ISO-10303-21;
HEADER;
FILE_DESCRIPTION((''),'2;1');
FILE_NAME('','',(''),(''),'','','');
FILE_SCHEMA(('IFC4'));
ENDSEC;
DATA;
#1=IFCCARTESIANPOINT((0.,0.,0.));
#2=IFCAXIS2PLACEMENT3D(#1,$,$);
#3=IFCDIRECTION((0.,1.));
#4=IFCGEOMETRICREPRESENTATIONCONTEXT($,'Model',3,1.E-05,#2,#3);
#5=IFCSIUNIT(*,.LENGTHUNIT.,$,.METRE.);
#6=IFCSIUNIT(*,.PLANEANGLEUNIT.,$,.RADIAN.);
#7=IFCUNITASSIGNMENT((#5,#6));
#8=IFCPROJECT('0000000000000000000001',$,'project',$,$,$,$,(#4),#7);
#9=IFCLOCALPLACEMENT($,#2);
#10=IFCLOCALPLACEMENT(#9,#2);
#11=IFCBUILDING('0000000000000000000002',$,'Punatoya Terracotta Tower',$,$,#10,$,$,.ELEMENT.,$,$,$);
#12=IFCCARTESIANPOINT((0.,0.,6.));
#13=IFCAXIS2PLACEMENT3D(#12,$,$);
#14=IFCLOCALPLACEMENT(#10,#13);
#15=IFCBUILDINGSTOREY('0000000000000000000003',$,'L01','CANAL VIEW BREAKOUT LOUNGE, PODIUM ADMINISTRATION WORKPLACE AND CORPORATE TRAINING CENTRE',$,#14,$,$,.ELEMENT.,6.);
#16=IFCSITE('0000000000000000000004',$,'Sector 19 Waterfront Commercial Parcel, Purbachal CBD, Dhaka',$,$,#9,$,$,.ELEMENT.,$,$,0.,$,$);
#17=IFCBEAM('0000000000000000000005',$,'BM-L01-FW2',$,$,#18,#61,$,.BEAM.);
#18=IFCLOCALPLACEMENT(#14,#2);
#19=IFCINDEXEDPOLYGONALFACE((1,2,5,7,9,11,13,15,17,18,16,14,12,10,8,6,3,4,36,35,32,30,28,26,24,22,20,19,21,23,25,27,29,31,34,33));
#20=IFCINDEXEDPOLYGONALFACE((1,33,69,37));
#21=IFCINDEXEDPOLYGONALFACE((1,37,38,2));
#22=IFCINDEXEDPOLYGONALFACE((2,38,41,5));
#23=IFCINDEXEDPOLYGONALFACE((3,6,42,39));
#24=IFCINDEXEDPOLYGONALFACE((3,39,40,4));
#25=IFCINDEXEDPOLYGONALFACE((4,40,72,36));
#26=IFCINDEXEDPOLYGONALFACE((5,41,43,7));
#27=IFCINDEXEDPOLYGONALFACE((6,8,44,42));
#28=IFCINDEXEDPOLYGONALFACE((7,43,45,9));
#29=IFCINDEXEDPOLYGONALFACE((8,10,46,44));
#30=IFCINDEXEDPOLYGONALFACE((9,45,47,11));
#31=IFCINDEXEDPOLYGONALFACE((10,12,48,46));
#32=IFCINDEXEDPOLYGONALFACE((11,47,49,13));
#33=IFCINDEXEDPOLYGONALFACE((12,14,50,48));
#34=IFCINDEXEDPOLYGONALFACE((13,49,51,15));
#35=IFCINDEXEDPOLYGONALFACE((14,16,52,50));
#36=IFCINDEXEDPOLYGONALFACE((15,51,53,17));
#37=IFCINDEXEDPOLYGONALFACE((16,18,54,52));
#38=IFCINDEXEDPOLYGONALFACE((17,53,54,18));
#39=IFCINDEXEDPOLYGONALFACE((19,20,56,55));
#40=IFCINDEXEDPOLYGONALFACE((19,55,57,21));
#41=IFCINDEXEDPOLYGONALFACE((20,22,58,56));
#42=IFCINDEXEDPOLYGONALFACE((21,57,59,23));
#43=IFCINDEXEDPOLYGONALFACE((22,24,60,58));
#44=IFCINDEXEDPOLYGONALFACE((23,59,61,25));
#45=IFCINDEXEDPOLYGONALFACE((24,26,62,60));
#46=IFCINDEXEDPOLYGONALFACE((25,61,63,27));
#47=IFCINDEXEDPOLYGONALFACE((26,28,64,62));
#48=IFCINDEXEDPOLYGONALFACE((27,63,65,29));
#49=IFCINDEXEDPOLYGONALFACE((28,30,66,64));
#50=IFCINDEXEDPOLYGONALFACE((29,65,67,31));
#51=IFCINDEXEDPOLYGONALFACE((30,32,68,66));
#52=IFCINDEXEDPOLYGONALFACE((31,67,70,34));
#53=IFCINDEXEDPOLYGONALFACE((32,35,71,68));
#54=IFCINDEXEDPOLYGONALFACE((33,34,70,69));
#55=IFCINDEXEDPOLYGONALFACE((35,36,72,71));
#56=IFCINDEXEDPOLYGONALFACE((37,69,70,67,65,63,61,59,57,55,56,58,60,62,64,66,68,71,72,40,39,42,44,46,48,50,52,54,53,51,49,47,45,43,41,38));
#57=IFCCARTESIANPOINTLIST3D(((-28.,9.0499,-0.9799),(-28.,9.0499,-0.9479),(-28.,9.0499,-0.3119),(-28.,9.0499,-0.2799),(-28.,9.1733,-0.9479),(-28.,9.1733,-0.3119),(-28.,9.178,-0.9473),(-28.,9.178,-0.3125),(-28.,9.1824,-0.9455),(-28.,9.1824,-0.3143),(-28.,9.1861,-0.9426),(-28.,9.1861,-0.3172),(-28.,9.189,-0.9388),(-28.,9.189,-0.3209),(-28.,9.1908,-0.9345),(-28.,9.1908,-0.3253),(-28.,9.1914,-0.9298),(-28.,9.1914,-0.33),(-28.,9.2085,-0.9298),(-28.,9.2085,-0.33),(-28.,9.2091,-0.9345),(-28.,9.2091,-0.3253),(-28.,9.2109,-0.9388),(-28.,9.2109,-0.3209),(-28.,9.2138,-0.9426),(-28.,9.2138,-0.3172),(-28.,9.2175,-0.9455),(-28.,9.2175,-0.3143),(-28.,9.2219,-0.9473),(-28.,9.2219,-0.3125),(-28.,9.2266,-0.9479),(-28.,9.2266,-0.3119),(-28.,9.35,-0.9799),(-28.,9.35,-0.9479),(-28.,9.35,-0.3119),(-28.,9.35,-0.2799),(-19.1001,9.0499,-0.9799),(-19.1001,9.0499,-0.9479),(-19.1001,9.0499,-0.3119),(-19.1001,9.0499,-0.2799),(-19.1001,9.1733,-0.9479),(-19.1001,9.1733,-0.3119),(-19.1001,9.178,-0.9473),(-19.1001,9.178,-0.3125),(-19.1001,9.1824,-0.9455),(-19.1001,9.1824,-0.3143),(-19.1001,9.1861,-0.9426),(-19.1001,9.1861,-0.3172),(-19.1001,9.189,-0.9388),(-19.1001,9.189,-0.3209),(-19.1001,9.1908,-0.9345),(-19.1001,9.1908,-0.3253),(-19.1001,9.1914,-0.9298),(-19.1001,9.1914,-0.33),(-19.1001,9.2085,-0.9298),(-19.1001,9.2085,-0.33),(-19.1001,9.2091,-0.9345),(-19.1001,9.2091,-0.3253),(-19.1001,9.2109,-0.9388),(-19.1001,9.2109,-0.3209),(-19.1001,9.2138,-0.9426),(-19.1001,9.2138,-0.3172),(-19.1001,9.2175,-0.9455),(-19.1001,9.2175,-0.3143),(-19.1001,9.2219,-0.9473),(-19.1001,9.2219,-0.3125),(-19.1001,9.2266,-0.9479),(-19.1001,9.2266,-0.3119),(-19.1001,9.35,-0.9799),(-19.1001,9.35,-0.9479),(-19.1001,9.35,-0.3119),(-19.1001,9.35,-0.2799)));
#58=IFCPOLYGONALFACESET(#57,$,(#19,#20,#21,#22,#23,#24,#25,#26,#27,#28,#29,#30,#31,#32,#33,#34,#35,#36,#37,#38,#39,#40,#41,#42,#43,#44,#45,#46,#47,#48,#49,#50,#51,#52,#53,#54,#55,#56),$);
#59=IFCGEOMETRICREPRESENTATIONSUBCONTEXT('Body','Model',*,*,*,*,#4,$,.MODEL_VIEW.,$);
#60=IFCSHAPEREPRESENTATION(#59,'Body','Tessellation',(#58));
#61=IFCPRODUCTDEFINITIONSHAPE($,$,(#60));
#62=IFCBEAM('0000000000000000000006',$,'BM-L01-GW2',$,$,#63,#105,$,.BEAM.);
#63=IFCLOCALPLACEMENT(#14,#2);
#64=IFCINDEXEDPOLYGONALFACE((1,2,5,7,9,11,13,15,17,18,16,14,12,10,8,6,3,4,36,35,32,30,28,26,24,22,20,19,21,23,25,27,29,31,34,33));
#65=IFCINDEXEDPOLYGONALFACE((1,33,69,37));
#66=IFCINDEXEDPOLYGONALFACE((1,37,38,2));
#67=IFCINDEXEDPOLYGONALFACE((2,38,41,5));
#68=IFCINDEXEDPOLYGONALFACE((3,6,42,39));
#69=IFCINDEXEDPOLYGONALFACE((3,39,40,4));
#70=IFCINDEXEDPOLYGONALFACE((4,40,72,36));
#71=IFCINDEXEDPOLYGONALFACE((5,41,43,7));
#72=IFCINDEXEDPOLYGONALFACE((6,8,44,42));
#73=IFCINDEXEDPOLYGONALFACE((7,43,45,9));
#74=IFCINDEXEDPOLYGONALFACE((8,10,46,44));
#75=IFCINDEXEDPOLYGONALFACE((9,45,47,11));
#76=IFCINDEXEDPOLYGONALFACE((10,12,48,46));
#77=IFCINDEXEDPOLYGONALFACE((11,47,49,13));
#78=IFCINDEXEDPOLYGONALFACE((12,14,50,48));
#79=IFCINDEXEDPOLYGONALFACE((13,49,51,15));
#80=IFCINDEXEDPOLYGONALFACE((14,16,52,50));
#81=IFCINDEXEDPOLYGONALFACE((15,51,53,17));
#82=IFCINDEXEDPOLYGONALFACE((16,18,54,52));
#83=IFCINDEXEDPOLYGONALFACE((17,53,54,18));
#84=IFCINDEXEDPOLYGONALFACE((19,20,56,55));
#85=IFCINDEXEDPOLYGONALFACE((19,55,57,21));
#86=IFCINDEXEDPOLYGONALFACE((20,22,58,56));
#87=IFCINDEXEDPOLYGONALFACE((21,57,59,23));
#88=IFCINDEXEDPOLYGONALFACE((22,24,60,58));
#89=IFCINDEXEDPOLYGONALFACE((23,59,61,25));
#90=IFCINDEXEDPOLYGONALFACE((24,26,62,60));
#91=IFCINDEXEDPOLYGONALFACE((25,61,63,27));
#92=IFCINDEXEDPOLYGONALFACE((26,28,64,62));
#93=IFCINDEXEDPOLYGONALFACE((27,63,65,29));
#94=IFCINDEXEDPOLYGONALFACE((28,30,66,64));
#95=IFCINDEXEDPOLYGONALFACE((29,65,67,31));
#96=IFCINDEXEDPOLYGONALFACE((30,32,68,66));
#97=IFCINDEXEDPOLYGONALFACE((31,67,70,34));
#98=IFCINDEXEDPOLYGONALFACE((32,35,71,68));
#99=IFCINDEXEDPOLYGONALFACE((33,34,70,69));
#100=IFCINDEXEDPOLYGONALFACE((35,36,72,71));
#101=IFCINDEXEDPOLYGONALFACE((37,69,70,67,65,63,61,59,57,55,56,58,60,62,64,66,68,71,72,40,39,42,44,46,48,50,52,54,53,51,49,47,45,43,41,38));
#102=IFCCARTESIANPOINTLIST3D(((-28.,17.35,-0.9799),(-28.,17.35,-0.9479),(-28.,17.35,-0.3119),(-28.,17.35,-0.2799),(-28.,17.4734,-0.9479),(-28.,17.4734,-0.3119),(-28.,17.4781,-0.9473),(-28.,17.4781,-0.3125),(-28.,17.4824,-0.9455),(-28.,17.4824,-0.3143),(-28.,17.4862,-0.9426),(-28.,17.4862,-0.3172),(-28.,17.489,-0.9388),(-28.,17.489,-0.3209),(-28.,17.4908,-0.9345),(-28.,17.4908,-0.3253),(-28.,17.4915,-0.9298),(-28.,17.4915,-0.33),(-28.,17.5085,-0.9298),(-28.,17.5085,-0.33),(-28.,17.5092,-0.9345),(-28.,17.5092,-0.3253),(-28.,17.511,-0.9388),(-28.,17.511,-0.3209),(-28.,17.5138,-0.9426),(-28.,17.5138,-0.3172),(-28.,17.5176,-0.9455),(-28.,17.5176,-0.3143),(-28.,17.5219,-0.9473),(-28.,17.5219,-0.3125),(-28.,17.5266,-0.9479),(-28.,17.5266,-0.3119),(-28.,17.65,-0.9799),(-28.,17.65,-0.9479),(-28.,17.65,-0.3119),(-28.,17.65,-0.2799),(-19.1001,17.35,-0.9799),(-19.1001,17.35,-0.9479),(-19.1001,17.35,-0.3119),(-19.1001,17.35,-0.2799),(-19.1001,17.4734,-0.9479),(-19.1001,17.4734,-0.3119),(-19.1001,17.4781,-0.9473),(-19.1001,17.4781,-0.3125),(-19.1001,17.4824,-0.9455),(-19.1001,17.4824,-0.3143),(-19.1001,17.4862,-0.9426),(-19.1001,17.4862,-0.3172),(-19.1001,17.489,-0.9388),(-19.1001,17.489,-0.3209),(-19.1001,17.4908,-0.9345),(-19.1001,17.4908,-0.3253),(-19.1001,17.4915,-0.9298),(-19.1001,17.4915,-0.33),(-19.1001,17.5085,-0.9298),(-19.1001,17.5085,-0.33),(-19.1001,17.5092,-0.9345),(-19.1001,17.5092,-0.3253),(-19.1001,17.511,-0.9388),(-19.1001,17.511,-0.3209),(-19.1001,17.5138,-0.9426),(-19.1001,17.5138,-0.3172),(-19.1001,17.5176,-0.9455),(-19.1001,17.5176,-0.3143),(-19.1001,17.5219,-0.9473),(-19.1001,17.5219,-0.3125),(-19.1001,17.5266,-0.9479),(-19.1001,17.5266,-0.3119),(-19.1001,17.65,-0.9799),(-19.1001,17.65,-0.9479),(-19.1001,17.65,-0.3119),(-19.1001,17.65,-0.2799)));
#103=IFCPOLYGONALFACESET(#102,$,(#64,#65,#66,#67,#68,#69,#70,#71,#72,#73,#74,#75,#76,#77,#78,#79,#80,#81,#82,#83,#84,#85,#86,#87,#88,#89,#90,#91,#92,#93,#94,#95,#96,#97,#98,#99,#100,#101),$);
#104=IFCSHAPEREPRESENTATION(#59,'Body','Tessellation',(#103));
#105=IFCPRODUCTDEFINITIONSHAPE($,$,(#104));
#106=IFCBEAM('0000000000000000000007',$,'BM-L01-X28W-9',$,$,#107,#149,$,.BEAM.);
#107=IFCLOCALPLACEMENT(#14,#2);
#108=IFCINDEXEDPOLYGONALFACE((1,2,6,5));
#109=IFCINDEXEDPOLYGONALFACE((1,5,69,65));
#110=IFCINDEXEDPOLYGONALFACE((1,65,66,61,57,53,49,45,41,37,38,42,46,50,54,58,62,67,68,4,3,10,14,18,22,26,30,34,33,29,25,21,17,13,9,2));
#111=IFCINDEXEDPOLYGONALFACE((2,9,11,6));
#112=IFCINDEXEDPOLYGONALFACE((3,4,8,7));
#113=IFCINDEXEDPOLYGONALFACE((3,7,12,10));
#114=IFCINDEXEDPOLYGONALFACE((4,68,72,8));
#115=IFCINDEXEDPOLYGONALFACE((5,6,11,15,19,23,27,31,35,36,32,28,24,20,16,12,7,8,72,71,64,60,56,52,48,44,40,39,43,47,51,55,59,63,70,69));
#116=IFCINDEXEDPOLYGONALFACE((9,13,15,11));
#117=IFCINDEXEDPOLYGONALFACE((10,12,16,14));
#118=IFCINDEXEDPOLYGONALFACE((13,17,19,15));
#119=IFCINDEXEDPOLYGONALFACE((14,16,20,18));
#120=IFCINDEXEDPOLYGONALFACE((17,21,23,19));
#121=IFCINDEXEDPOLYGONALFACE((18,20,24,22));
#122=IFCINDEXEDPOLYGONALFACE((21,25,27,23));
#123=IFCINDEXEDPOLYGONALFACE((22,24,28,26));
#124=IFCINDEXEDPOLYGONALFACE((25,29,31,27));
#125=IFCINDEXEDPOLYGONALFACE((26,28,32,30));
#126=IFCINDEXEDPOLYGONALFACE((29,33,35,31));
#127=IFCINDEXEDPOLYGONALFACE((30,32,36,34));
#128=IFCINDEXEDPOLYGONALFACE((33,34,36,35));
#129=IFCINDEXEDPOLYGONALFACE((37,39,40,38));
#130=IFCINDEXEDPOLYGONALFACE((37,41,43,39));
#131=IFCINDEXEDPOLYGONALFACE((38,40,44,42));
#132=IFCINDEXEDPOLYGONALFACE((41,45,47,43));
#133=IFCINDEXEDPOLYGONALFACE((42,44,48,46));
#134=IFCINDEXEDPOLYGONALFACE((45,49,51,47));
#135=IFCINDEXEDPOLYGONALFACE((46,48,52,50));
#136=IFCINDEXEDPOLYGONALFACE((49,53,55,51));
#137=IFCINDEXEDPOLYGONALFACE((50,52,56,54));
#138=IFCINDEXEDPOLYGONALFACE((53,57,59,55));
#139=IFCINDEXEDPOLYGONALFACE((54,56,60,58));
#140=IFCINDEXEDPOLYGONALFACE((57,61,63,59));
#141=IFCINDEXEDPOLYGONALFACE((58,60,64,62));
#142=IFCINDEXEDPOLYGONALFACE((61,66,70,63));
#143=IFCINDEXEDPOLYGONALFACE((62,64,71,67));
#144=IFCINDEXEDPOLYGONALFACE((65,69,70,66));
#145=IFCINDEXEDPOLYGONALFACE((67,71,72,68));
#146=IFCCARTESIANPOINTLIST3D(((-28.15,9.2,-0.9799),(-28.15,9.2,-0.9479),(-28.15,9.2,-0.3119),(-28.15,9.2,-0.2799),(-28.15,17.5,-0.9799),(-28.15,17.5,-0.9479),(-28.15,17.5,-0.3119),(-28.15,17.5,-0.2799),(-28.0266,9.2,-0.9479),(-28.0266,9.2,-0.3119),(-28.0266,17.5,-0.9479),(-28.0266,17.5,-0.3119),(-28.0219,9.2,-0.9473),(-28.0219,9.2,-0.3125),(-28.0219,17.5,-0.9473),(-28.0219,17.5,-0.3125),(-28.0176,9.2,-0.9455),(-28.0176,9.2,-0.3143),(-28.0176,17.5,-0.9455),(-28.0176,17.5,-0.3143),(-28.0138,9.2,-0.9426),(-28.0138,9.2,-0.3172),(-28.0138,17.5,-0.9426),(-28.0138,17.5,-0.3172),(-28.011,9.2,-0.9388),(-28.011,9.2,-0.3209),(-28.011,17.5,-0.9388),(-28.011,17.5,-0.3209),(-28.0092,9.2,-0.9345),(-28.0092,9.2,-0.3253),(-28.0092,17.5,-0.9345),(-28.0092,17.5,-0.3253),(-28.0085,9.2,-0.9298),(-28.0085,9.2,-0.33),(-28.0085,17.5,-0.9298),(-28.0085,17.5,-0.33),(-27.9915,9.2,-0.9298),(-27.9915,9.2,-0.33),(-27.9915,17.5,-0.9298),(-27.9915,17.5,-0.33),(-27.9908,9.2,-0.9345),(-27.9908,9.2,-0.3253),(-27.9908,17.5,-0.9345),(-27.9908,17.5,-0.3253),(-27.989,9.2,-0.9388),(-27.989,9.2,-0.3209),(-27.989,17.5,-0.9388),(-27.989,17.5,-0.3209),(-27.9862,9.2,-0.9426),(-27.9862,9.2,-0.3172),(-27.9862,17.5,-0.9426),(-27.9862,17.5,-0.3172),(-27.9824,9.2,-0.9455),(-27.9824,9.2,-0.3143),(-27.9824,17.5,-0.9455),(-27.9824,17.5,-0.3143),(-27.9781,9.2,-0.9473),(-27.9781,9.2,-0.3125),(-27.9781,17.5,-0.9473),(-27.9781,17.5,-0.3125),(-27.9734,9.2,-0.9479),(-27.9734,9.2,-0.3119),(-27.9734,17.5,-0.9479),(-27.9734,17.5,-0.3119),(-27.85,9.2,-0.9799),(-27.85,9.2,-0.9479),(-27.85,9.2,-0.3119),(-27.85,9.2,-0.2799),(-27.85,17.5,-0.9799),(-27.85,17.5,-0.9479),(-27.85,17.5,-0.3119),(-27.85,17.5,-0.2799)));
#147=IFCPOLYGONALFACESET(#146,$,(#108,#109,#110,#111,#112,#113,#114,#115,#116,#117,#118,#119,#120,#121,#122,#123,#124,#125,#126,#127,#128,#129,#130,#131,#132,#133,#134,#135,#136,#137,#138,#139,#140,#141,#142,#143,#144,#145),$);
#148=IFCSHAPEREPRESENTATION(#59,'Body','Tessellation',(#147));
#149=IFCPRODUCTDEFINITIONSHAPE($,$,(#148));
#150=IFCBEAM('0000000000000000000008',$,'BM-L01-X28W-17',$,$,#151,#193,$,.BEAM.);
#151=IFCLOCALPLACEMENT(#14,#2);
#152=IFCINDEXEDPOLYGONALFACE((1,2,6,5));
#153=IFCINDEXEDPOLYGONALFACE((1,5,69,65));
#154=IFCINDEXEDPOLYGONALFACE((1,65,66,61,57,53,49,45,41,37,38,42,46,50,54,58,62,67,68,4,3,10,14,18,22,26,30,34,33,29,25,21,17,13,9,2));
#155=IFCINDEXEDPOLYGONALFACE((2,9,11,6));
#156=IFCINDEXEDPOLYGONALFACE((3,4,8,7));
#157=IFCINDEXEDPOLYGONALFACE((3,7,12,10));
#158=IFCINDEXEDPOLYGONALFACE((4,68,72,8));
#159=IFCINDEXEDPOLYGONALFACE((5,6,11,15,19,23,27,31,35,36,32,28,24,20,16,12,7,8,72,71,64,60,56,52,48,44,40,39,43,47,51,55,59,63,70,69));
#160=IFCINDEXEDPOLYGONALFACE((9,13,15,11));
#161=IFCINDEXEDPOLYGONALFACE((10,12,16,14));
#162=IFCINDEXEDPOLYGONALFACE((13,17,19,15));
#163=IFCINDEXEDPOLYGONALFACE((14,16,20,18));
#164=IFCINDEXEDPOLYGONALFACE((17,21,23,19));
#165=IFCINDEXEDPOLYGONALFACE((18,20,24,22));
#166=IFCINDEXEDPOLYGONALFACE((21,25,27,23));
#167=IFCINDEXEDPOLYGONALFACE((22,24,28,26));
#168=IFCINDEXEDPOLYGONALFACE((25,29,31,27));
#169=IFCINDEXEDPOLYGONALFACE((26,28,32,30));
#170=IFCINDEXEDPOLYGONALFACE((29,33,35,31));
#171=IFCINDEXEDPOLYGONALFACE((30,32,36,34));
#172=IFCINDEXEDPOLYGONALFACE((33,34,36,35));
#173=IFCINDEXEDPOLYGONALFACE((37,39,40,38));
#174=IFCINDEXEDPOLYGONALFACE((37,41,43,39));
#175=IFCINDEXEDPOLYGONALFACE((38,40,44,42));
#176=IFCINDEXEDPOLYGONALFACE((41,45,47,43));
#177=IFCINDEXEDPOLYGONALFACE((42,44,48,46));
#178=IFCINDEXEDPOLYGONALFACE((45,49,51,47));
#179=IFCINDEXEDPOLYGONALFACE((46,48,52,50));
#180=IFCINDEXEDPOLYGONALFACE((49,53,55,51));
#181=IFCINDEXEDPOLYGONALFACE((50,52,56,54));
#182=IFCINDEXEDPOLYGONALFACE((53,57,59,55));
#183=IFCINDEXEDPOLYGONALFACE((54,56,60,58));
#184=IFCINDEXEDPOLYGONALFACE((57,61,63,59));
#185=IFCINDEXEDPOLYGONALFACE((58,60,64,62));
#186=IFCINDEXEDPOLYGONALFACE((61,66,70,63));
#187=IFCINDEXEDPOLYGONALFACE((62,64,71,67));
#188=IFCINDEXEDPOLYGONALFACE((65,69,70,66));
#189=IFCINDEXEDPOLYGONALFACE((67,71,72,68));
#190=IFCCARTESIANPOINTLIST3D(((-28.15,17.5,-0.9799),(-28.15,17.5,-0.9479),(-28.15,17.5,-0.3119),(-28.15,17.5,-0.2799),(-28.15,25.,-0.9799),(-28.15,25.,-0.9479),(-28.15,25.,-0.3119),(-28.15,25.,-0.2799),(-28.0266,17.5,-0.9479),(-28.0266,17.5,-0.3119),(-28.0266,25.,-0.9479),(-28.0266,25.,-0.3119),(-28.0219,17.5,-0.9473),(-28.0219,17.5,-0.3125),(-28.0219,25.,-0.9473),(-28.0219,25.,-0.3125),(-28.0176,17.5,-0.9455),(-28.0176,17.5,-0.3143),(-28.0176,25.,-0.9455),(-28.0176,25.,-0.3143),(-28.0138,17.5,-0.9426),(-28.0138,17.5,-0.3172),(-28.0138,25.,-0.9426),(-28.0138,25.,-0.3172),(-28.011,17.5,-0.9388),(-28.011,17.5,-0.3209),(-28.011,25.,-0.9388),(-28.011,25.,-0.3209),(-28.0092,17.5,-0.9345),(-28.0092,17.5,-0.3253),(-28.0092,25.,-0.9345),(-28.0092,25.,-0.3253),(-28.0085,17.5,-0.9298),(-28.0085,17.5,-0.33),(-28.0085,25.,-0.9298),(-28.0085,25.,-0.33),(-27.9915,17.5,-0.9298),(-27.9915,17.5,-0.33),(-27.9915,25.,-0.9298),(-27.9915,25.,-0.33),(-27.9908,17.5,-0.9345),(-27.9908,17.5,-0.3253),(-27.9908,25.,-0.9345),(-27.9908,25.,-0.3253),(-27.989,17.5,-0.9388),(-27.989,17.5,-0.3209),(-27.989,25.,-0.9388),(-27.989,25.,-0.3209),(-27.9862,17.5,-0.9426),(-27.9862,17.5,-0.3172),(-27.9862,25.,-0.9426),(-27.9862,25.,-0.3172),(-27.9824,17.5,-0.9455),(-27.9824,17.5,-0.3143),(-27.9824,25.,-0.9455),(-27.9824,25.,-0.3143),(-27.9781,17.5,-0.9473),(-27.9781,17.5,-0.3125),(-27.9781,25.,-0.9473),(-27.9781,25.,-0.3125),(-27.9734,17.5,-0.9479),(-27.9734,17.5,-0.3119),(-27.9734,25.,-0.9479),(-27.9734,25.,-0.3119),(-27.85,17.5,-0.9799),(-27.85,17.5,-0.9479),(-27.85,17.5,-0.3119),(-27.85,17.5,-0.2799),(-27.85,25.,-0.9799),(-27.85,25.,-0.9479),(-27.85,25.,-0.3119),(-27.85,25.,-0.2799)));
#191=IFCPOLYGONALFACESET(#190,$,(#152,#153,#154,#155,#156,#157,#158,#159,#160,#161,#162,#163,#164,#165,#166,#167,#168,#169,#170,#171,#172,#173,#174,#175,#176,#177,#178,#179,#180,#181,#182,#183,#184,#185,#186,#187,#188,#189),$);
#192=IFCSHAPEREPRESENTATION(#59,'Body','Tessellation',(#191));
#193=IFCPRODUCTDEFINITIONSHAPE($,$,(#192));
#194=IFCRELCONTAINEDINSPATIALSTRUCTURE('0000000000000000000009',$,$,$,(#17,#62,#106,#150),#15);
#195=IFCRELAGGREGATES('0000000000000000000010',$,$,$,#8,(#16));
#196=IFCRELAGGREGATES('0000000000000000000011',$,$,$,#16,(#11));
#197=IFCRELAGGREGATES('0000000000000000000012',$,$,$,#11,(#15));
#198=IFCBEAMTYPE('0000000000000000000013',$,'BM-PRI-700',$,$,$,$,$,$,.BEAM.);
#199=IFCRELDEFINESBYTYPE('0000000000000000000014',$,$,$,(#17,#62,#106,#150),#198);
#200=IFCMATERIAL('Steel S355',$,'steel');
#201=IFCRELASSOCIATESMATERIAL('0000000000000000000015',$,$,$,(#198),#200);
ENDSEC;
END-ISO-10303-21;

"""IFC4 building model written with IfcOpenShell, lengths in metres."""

from ifc_helpers import new_model, si_unit, direction, frame, origin, origin_2d, place, context, subcontext, project, spatial, i_section, extrude, material, material_profile, profile_set, type_object, element, save


model = new_model("IFC4")

# Units and contexts
model_context = context("Model", 3, precision=1e-05, world=origin(), true_north=direction((0.0, 1.0)))
body_context = subcontext(model_context, "Body", "Model", "MODEL_VIEW")
ifc_project = project(units=[si_unit("LENGTHUNIT", "METRE"), si_unit("PLANEANGLEUNIT", "RADIAN")], contexts=[model_context])

# Site, building, storey
site_placement = place(None, origin())
site = spatial("IfcSite", under=ifc_project, at=site_placement, Name="Sector 19 Waterfront Commercial Parcel, Purbachal CBD, Dhaka", CompositionType="ELEMENT", RefElevation=0.0)
building_placement = place(site_placement, origin())
building = spatial("IfcBuilding", under=site, at=building_placement, Name="Punatoya Terracotta Tower", CompositionType="ELEMENT")
storey_placement = place(building_placement, frame((0.0, 0.0, 6.0)))
storey = spatial("IfcBuildingStorey", under=building, at=storey_placement, Name="L01", Description="CANAL VIEW BREAKOUT LOUNGE, PODIUM ADMINISTRATION WORKPLACE AND CORPORATE TRAINING CENTRE", CompositionType="ELEMENT", Elevation=6.0)

# Beams
ifc_material_1 = material(Name="Steel S355", Category="steel")
ifc_material_profile_1 = material_profile(ifc_material_1, i_section(OverallWidth=0.3, OverallDepth=0.7, WebThickness=0.0171, FlangeThickness=0.032, FilletRadius=0.0181, at=origin_2d()))
ifc_profile_set_1 = profile_set([ifc_material_profile_1], Name="Steel S355")
beam_type_1 = type_object("IfcBeamType", Name="BM-PRI-700", PredefinedType="BEAM", material=ifc_profile_set_1)
for number, where, z_axis, x_axis, name in (
    (1, (-28.0, 9.2, -0.6299), (1.0, 0.0, 0.0), (0.0, 1.0, 0.0), "BM-L01-FW2"),
    (2, (-28.0, 17.5, -0.6299), (1.0, 0.0, 0.0), (0.0, 1.0, 0.0), "BM-L01-GW2"),
):
    element("IfcBeam", number, at=place(storey_placement, frame(where, z_axis=z_axis, x_axis=x_axis)), inside=storey, type_object=beam_type_1, Name=name, PredefinedType="BEAM", context=body_context, shape_type="SweptSolid", body=[
        extrude(i_section(OverallWidth=0.3, OverallDepth=0.7, WebThickness=0.0171, FlangeThickness=0.032, FilletRadius=0.0181, at=origin_2d()), origin(), (0.0, 0.0, 1.0), 8.8999),
    ])
beam_1_placement = place(storey_placement, frame((-28.0, 9.2, -0.6299), z_axis=(0.0, 1.0, 0.0), x_axis=(-1.0, 0.0, 0.0)))
element("IfcBeam", 3, at=beam_1_placement, inside=storey, type_object=beam_type_1, Name="BM-L01-X28W-9", PredefinedType="BEAM", context=body_context, shape_type="SweptSolid", body=[
    extrude(i_section(OverallWidth=0.3, OverallDepth=0.7, WebThickness=0.0171, FlangeThickness=0.032, FilletRadius=0.0181, at=origin_2d()), origin(), (0.0, 0.0, 1.0), 8.3),
])
beam_2_placement = place(storey_placement, frame((-28.0, 17.5, -0.6299), z_axis=(0.0, 1.0, 0.0), x_axis=(-1.0, 0.0, 0.0)))
element("IfcBeam", 4, at=beam_2_placement, inside=storey, type_object=beam_type_1, Name="BM-L01-X28W-17", PredefinedType="BEAM", context=body_context, shape_type="SweptSolid", body=[
    extrude(i_section(OverallWidth=0.3, OverallDepth=0.7, WebThickness=0.0171, FlangeThickness=0.032, FilletRadius=0.0181, at=origin_2d()), origin(), (0.0, 0.0, 1.0), 7.5),
])

save(model, "model.ifc")
